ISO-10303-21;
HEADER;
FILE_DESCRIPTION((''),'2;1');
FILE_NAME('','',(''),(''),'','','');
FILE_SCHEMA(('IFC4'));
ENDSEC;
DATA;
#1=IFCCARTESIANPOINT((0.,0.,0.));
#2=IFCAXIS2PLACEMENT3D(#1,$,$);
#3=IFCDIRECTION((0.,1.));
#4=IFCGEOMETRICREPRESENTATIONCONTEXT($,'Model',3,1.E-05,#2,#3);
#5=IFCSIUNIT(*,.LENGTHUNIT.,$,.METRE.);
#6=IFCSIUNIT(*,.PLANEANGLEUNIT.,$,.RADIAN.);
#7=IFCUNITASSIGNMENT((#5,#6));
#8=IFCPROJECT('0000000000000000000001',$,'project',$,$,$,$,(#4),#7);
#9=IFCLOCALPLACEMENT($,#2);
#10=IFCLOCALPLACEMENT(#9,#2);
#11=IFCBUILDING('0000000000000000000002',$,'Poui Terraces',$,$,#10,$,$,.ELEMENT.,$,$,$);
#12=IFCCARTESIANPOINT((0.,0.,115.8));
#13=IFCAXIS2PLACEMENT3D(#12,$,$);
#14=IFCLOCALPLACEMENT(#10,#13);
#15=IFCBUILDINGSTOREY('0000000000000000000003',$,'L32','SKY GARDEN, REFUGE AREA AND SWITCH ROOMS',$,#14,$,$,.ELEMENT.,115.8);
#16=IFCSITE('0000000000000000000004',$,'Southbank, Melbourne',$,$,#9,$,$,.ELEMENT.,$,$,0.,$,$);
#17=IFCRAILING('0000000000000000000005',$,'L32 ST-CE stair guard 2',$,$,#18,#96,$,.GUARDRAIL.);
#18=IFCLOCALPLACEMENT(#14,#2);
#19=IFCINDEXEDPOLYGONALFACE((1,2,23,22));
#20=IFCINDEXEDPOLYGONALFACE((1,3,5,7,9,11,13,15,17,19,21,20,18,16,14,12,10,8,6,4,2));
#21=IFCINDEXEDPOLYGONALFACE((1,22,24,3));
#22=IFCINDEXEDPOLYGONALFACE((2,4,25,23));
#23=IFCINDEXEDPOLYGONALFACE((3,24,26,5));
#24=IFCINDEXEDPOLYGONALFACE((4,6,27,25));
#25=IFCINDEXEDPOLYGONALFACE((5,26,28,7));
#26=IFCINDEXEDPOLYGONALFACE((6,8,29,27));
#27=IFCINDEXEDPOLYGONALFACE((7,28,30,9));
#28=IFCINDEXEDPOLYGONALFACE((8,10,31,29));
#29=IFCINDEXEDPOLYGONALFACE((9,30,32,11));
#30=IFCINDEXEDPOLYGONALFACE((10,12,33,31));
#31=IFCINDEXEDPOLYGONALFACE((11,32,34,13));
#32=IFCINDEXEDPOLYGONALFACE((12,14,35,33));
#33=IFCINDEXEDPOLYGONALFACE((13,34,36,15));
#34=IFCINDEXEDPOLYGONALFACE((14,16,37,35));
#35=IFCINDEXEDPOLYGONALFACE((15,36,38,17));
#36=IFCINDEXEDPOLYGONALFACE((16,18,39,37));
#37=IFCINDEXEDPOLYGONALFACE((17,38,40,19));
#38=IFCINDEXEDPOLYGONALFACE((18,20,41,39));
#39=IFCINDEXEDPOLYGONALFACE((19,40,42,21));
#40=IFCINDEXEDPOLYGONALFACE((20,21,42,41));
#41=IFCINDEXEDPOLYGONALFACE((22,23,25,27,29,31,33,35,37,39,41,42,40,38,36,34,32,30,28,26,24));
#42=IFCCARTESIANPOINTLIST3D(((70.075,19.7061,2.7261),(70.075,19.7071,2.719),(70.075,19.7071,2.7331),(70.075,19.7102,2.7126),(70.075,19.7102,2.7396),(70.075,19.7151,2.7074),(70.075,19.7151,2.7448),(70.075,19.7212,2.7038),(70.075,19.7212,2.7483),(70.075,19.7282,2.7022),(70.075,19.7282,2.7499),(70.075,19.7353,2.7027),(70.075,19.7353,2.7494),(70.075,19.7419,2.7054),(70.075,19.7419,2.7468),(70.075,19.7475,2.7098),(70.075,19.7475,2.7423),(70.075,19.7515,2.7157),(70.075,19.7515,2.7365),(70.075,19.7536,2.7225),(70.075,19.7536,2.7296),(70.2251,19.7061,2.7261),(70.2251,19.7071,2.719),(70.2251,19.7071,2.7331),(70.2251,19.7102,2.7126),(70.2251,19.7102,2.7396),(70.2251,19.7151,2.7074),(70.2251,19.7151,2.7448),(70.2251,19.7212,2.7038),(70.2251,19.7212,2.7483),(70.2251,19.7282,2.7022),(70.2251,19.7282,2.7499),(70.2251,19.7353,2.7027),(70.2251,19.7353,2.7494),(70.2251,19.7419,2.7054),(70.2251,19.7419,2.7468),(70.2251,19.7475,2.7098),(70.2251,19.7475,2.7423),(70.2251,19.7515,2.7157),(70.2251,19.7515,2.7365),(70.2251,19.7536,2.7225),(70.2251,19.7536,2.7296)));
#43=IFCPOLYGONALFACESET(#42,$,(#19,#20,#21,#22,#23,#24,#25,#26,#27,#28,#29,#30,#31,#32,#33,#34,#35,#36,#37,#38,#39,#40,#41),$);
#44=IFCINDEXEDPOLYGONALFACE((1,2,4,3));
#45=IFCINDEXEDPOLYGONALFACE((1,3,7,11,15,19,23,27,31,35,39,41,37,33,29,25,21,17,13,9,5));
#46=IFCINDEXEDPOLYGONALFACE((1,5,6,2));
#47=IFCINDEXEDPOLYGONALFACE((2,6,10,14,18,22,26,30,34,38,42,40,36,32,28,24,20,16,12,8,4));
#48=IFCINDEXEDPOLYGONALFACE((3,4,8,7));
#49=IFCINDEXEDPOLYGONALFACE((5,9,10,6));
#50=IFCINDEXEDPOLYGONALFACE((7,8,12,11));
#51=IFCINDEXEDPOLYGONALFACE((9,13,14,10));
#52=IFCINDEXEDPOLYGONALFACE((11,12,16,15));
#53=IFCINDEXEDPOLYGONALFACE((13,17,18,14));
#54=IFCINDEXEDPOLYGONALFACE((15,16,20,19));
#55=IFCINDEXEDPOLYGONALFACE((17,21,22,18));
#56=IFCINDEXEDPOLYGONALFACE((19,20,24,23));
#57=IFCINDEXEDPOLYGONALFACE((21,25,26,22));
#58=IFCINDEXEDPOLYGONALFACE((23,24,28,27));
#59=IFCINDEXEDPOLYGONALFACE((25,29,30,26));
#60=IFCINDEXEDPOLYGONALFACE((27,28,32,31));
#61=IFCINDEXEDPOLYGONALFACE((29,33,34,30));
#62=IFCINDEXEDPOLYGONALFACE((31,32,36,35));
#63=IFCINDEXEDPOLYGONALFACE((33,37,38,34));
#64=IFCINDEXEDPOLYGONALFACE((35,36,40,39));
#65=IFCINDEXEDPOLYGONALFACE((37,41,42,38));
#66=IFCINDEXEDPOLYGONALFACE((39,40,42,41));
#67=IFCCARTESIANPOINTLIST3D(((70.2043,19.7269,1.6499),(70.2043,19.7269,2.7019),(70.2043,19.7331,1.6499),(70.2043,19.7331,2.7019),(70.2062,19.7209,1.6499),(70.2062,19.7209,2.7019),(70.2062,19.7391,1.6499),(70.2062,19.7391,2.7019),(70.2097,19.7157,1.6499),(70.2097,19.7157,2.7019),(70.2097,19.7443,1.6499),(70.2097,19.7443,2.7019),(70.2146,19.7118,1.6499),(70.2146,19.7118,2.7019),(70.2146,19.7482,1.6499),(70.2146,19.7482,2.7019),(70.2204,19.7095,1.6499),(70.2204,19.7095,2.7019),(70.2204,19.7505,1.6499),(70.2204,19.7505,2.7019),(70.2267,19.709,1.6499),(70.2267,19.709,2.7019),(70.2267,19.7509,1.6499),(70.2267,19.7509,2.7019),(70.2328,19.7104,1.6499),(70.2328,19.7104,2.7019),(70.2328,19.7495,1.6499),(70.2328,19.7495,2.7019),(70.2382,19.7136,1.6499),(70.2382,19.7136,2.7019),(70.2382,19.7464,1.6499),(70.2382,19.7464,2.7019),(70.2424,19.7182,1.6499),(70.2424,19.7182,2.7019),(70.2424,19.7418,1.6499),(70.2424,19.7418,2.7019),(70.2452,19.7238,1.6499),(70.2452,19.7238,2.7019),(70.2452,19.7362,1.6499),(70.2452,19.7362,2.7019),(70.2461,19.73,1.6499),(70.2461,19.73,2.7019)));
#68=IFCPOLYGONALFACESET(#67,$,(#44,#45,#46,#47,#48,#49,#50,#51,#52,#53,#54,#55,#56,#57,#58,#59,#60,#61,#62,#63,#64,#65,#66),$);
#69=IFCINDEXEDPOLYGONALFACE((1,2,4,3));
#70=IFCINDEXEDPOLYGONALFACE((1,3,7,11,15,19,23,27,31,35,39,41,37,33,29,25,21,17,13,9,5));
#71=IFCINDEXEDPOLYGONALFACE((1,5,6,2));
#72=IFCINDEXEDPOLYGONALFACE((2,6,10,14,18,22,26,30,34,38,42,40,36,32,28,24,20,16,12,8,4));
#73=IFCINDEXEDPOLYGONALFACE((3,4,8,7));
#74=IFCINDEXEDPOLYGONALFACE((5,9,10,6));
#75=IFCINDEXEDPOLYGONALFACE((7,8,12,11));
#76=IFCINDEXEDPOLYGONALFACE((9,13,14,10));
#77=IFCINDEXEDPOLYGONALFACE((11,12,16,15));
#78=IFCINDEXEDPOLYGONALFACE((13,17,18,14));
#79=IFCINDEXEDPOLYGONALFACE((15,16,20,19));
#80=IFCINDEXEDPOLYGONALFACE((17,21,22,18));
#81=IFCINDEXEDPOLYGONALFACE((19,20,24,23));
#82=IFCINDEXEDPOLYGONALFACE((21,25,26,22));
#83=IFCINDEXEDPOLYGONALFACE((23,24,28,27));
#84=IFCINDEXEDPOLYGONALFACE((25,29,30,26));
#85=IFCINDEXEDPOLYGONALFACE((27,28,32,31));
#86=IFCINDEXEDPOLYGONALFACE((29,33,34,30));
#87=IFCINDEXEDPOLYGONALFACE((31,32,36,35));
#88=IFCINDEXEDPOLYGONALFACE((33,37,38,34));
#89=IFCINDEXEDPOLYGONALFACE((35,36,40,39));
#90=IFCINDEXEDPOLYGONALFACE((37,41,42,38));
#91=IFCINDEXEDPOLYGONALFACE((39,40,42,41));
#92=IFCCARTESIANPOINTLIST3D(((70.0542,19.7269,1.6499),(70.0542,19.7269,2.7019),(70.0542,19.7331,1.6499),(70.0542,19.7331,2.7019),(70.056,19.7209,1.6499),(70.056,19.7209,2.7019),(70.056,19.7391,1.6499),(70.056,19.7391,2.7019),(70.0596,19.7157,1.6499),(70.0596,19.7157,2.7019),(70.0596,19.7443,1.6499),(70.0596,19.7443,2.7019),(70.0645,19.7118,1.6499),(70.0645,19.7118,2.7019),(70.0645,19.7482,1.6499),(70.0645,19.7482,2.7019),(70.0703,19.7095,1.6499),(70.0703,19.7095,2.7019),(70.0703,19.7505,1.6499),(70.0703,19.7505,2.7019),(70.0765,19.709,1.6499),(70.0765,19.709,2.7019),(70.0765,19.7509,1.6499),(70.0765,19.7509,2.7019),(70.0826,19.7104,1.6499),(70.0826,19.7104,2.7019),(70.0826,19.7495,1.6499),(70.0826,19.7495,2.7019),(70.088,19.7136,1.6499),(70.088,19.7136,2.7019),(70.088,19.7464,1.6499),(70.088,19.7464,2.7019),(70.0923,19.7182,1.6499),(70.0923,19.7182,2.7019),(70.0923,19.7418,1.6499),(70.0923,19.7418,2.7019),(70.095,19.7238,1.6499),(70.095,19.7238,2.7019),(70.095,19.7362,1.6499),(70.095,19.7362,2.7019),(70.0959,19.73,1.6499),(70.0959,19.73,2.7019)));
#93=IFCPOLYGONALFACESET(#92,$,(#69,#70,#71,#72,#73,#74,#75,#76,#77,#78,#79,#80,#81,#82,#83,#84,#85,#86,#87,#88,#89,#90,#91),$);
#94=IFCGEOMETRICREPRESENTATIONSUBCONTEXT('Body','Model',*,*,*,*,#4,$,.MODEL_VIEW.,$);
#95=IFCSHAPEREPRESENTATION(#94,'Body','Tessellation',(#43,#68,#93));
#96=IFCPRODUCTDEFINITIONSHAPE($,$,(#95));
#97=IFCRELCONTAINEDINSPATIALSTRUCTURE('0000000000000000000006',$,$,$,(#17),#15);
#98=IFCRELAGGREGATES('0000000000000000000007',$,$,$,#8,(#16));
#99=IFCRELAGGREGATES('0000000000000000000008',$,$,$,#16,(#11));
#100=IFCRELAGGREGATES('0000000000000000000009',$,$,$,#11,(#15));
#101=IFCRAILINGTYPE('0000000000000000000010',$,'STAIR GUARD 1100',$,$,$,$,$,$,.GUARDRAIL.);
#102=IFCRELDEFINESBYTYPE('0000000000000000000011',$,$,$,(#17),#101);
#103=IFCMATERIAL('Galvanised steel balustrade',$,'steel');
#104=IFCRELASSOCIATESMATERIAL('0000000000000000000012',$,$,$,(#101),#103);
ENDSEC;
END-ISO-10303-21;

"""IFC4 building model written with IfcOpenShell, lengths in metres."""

from ifc_helpers import new_model, si_unit, direction, frame, origin, origin_2d, place, context, subcontext, project, spatial, circle, extrude, material, type_object, element, save


model = new_model("IFC4")

# Units and contexts
model_context = context("Model", 3, precision=1e-05, world=origin(), true_north=direction((0.0, 1.0)))
body_context = subcontext(model_context, "Body", "Model", "MODEL_VIEW")
ifc_project = project(units=[si_unit("LENGTHUNIT", "METRE"), si_unit("PLANEANGLEUNIT", "RADIAN")], contexts=[model_context])

# Site, building, storey
site_placement = place(None, origin())
site = spatial("IfcSite", under=ifc_project, at=site_placement, Name="Southbank, Melbourne", CompositionType="ELEMENT", RefElevation=0.0)
building_placement = place(site_placement, origin())
building = spatial("IfcBuilding", under=site, at=building_placement, Name="Poui Terraces", CompositionType="ELEMENT")
storey_placement = place(building_placement, frame((0.0, 0.0, 115.8)))
storey = spatial("IfcBuildingStorey", under=building, at=storey_placement, Name="L32", Description="SKY GARDEN, REFUGE AREA AND SWITCH ROOMS", CompositionType="ELEMENT", Elevation=115.8)

# Railing
ifc_material_1 = material(Name="Galvanised steel balustrade", Category="steel")
railing_type_1 = type_object("IfcRailingType", Name="STAIR GUARD 1100", PredefinedType="GUARDRAIL", material=ifc_material_1)
railing_1_placement = place(storey_placement, frame((70.2251, 19.73, 1.6499)))
element("IfcRailing", 1, at=railing_1_placement, inside=storey, type_object=railing_type_1, Name="L32 ST-CE stair guard 2", PredefinedType="GUARDRAIL", context=body_context, shape_type="SweptSolid", body=[
    extrude(circle(Radius=0.0239, at=origin_2d()), frame((0.0, 0.0, 1.0762), z_axis=(-1.0, 0.0, 0.0), x_axis=(0.0, -1.0, 0.0)), (0.0, 0.0, 1.0), 0.1501),
    extrude(circle(Radius=0.021, at=origin_2d()), origin(), (0.0, 0.0, 1.0), 1.052),
    extrude(circle(Radius=0.021, at=origin_2d()), frame((-0.1501, 0.0, 0.0)), (0.0, 0.0, 1.0), 1.052),
])

save(model, "model.ifc")
